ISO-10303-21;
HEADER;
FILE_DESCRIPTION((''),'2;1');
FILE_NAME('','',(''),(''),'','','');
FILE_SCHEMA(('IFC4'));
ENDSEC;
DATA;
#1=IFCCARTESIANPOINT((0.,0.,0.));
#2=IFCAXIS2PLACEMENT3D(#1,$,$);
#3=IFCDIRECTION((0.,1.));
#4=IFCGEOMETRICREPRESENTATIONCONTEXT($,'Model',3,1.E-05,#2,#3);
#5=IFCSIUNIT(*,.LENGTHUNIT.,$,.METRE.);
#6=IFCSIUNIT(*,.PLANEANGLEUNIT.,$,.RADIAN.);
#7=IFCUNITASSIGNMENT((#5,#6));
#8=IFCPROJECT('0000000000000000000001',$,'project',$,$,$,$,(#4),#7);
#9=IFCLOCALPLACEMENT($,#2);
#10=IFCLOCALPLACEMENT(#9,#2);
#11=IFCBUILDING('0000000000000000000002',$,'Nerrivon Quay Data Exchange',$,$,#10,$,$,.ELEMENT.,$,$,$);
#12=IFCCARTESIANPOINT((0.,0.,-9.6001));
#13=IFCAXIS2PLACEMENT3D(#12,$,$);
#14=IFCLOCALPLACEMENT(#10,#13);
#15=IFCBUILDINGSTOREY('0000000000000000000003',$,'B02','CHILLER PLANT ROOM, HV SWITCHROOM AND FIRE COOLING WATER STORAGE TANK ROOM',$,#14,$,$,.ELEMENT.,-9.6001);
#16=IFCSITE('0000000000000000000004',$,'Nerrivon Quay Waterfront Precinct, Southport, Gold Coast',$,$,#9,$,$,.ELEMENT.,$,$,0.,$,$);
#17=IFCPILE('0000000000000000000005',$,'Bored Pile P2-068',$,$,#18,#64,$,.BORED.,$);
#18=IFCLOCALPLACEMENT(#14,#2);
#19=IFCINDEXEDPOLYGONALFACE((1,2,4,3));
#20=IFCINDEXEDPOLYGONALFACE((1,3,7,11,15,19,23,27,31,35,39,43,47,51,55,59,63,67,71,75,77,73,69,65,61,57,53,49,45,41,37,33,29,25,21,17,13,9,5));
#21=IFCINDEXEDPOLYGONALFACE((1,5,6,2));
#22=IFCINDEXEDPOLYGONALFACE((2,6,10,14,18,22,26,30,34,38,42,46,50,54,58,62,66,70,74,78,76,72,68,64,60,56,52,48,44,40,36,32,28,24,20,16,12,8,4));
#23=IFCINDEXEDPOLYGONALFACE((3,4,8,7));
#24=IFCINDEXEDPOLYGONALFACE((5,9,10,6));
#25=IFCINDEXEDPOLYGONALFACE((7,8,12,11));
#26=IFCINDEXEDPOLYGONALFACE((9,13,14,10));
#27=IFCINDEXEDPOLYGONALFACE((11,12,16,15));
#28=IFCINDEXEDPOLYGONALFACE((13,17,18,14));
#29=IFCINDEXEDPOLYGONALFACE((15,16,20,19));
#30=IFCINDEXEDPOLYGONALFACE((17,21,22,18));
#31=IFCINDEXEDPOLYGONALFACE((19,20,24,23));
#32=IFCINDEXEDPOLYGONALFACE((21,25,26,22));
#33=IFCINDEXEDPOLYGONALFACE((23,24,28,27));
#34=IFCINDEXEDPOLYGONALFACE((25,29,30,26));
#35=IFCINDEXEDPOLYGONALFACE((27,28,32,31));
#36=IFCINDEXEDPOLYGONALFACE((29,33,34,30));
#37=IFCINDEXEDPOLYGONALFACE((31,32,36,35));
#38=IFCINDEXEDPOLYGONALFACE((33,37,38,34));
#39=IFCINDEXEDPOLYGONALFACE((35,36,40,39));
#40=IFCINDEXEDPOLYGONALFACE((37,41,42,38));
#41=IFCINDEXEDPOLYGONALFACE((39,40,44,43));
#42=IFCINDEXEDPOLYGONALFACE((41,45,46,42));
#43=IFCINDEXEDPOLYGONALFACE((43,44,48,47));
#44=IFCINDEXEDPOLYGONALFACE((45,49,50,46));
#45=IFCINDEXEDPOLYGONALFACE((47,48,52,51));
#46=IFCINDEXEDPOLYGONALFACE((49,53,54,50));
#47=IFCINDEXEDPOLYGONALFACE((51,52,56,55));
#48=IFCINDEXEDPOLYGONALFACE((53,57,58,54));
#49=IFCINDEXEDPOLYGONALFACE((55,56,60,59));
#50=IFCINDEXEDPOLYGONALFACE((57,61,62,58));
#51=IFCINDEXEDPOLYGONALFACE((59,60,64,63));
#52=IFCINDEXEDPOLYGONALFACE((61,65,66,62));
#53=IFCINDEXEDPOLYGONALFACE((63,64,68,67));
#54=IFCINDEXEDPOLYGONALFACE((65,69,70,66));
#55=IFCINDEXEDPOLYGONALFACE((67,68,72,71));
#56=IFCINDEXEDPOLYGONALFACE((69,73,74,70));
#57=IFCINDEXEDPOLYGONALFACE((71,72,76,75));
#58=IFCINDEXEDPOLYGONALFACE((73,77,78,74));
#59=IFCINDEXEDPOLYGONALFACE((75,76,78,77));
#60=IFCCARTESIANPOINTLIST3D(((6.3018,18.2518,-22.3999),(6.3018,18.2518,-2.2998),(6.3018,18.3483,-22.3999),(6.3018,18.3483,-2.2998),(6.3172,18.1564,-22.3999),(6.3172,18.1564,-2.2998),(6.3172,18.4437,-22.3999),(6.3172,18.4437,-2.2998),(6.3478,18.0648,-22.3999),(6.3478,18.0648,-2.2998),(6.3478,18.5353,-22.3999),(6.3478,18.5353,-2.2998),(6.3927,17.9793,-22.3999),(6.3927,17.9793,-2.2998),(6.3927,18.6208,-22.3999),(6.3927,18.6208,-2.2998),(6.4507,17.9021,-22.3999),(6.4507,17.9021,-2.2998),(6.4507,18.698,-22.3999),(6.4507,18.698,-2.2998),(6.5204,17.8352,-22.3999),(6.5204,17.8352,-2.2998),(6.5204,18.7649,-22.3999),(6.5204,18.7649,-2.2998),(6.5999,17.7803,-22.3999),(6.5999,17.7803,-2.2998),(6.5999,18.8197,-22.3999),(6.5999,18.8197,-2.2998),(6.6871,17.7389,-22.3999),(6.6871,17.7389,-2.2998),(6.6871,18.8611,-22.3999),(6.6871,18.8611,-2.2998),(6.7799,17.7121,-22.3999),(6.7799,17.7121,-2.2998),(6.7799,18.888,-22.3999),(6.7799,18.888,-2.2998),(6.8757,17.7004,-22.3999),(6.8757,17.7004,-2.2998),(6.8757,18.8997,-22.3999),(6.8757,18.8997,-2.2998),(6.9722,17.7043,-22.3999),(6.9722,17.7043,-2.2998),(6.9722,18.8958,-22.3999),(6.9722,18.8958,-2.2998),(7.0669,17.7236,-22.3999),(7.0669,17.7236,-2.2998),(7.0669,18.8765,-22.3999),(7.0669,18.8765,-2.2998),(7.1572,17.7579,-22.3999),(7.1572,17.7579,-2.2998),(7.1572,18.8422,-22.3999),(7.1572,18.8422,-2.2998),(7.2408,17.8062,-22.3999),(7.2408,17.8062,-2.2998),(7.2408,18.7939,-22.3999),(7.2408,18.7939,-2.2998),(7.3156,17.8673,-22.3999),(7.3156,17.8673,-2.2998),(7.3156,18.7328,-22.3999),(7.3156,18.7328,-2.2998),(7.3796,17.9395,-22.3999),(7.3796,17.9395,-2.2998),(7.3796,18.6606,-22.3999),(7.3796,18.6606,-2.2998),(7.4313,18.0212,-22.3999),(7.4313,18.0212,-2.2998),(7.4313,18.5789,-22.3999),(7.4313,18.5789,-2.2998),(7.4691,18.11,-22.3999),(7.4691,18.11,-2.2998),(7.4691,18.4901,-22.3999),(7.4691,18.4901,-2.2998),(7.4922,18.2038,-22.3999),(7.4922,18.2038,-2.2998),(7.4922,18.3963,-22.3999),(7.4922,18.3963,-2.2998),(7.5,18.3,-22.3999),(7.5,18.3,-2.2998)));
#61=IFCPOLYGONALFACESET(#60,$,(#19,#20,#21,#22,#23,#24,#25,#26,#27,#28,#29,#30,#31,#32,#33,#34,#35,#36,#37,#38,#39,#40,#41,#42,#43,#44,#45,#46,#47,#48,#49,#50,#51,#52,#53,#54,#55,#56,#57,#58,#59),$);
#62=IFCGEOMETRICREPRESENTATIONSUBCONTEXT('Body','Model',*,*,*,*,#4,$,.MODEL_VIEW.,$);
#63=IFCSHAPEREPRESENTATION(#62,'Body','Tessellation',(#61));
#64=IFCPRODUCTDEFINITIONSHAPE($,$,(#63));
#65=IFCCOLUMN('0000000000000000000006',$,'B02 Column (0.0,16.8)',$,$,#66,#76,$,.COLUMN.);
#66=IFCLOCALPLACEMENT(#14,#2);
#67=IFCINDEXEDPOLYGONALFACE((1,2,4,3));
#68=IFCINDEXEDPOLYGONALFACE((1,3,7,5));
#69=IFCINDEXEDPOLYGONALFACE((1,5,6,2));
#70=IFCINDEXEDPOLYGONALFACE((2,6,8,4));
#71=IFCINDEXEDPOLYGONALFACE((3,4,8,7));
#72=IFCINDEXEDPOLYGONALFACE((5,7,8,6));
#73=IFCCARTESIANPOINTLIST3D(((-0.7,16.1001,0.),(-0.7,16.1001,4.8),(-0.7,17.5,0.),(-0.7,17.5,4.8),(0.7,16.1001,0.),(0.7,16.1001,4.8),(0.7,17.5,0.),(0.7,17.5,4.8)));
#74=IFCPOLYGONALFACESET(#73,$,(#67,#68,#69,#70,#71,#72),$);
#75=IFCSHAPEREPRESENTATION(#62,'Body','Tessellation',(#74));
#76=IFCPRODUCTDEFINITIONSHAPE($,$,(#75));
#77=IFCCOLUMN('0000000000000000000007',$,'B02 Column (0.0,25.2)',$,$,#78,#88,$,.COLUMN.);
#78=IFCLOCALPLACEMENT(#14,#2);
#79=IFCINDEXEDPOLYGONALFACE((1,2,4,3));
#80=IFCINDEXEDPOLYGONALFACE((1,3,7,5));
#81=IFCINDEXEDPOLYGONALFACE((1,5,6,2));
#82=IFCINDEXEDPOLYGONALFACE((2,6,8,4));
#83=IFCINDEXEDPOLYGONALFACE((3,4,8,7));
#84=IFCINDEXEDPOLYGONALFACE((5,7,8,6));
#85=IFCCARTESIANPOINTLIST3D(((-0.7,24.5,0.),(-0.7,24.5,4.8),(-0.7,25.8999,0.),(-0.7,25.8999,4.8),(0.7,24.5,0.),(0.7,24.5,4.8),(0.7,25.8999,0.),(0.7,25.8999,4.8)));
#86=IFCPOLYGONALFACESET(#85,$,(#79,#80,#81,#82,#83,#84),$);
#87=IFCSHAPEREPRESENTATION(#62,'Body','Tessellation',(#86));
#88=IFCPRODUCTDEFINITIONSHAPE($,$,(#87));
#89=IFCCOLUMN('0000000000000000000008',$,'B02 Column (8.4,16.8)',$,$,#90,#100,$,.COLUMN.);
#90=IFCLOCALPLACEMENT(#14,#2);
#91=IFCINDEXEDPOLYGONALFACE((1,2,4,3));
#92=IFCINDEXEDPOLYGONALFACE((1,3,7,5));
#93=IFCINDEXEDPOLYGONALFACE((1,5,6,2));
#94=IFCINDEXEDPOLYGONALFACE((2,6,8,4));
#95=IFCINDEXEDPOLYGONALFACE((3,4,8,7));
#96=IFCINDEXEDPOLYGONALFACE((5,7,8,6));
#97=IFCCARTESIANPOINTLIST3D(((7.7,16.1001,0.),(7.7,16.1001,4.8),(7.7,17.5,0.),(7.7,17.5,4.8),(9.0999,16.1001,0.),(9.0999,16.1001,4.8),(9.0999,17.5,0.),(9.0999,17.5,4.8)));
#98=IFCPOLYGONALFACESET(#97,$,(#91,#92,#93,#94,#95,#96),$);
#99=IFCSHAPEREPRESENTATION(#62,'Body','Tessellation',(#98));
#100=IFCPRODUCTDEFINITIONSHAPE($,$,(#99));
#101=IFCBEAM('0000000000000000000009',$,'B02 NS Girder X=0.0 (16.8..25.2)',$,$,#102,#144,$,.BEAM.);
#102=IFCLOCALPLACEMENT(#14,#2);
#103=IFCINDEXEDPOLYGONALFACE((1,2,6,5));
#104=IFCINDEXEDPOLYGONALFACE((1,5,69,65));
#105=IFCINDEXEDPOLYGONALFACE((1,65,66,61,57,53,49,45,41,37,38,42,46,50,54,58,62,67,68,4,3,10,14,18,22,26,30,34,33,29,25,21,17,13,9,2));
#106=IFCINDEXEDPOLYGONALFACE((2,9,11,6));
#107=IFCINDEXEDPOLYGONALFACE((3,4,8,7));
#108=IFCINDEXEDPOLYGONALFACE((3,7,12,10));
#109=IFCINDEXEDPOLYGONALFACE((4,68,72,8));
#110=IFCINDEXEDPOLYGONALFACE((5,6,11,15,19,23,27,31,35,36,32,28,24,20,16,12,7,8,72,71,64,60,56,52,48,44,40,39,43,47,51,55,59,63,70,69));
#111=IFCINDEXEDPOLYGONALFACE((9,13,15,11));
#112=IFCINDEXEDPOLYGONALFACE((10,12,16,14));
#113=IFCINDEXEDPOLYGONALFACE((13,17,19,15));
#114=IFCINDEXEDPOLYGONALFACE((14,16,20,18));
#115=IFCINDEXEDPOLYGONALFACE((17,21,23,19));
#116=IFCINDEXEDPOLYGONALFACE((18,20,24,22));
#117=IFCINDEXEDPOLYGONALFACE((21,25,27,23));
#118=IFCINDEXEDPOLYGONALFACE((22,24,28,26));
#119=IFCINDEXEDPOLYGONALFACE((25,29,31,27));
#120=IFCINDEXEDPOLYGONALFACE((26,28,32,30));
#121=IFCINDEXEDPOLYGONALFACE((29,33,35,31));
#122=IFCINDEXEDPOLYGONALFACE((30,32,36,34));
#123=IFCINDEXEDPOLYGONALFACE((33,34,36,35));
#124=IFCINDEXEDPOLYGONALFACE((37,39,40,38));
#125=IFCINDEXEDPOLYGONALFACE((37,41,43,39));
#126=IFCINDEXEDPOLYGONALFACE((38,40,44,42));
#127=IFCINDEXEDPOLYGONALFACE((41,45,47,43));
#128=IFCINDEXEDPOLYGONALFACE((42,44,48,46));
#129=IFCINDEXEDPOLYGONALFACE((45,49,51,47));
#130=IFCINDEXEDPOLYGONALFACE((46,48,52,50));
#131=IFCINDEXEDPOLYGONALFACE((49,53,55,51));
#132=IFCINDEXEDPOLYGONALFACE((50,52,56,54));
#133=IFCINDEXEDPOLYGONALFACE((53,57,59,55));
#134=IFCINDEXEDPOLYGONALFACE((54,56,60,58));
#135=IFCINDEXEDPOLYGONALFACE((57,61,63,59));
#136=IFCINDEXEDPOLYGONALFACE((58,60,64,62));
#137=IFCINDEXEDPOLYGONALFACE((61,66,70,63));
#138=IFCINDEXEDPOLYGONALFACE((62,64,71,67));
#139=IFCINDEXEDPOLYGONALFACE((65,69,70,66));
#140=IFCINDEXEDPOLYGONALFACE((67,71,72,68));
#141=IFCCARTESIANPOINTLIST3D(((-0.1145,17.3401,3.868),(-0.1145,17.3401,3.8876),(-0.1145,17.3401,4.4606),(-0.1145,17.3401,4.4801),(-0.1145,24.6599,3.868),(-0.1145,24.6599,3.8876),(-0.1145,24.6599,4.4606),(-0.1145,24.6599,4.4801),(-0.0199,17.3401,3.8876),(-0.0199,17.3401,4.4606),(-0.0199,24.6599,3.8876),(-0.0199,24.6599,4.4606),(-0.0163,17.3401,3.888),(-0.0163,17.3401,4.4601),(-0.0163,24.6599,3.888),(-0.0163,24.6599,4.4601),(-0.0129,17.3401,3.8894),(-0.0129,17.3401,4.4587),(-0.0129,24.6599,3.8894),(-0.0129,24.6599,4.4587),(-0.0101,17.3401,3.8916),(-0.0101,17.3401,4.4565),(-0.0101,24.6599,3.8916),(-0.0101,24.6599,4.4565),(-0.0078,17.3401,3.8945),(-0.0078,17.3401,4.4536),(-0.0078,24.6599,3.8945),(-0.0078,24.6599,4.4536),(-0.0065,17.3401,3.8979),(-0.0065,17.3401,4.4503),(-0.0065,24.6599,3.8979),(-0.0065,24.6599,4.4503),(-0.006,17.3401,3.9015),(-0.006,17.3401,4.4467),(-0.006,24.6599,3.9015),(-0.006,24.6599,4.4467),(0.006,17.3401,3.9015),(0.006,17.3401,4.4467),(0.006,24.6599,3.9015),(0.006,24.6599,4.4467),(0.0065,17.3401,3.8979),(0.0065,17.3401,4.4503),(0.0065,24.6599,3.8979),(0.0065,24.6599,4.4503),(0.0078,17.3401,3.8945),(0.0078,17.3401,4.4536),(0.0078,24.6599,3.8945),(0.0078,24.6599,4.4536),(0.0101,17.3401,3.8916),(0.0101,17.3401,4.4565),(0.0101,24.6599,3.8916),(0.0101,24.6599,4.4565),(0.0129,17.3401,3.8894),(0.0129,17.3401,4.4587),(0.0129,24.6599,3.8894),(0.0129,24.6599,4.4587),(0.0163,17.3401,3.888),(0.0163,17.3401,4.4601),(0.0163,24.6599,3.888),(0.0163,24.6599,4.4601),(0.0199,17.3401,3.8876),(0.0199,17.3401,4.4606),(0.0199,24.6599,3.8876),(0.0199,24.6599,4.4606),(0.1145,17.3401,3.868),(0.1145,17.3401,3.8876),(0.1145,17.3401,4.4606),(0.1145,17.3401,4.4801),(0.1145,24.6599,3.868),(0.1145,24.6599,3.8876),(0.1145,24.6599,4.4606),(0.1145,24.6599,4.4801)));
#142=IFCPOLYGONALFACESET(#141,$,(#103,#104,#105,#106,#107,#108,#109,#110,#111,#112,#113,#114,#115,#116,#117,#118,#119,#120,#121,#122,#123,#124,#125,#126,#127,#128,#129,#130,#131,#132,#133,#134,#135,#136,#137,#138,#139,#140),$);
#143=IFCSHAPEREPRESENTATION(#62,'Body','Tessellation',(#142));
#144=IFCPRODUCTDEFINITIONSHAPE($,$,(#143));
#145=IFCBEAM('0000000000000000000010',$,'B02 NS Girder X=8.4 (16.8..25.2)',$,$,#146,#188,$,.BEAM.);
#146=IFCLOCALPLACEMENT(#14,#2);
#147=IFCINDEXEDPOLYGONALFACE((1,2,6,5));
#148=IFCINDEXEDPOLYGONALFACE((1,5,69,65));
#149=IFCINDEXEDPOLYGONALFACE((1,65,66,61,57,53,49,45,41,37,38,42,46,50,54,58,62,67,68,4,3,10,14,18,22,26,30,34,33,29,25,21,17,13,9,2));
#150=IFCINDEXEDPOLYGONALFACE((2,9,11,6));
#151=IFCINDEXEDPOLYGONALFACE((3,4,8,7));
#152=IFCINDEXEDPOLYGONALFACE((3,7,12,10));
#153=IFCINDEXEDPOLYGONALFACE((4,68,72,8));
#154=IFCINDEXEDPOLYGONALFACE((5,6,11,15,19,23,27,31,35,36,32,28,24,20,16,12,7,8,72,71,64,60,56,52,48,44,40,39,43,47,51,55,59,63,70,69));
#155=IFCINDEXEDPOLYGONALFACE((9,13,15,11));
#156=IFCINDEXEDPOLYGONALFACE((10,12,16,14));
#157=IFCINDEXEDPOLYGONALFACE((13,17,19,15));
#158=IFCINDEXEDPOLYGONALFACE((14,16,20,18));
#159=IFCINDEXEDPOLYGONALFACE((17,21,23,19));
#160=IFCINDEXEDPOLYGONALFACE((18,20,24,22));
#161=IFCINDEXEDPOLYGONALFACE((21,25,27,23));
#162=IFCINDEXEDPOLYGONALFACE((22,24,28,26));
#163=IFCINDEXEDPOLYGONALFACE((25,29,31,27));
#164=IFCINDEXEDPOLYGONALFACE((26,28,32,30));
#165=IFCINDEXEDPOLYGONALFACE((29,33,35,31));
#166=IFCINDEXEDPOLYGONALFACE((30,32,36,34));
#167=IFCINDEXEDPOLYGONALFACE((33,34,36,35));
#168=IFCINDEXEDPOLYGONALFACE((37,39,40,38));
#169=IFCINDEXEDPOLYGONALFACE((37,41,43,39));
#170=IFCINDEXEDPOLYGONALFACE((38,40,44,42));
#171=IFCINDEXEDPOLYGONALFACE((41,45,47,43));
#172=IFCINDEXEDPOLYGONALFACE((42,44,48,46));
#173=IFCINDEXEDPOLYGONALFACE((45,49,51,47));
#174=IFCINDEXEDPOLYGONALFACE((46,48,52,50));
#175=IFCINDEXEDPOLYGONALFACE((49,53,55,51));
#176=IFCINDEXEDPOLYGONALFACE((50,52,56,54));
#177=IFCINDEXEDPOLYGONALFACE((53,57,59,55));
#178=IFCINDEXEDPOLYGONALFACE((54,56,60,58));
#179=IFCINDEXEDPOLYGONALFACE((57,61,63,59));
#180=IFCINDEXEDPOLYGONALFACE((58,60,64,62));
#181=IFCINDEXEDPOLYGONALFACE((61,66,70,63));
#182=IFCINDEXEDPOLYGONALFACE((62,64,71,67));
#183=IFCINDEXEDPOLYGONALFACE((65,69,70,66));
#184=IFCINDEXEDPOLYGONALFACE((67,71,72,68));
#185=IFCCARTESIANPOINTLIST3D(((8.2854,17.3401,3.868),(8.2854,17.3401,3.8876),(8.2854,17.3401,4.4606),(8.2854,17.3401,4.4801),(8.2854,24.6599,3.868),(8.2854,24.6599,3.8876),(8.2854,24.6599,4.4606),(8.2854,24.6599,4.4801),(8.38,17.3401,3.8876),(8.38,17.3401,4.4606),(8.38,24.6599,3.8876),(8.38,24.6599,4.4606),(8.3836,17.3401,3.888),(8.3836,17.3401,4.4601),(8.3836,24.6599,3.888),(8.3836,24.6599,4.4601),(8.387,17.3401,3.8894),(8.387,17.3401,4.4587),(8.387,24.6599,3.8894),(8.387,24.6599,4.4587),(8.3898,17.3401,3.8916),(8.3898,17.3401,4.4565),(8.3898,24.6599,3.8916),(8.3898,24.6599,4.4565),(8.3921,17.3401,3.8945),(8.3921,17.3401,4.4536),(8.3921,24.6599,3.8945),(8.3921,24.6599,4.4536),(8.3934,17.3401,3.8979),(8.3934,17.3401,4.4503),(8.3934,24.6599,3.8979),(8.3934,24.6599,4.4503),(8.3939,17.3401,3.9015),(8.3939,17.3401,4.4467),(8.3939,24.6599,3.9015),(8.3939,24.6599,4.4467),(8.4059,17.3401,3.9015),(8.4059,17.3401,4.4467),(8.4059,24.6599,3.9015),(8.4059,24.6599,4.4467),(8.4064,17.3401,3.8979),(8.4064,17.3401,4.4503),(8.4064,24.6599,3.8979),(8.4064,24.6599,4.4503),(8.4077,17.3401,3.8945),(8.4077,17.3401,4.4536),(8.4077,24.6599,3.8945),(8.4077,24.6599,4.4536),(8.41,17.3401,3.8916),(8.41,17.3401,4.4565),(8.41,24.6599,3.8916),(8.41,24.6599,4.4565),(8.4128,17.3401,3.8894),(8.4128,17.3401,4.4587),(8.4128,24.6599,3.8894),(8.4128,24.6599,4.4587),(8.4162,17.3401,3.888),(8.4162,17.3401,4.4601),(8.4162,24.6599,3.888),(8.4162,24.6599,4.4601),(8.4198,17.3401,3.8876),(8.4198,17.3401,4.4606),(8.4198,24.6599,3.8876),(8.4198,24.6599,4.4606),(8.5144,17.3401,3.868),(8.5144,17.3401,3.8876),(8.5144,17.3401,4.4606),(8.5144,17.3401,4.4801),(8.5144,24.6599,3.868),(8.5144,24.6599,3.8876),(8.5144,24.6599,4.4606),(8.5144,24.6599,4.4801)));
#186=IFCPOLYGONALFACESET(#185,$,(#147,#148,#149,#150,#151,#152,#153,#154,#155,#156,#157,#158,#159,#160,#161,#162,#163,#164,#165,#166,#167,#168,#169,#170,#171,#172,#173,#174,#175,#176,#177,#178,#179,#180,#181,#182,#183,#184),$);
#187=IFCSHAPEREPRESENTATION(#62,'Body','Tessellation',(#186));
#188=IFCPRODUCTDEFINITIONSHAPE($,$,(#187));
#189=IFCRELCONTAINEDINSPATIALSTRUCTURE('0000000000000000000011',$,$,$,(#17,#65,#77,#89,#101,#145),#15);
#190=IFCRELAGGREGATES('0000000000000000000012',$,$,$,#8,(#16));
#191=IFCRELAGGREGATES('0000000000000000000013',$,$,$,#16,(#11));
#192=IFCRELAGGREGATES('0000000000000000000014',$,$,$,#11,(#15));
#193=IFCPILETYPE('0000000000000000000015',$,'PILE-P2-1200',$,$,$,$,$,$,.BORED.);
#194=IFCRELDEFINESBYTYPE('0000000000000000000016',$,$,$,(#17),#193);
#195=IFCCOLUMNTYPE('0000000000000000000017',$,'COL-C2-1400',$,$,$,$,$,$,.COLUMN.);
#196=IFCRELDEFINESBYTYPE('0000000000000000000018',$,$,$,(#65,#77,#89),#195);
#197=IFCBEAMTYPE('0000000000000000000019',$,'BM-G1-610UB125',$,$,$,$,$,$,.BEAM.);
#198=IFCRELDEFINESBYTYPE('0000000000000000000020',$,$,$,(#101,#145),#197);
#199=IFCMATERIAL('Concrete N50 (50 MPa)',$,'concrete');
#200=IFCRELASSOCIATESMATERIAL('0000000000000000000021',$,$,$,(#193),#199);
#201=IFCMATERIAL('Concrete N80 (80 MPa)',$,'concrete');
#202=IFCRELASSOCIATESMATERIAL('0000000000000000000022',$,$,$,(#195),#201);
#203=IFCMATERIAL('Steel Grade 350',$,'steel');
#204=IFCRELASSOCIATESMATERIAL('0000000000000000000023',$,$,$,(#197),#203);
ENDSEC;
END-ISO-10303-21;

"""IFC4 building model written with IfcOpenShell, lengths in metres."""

from ifc_helpers import new_model, si_unit, direction, frame, origin, origin_2d, place, context, subcontext, project, spatial, rectangle, circle, i_section, extrude, material, material_profile, profile_set, type_object, element, save


model = new_model("IFC4")

# Units and contexts
model_context = context("Model", 3, precision=1e-05, world=origin(), true_north=direction((0.0, 1.0)))
body_context = subcontext(model_context, "Body", "Model", "MODEL_VIEW")
ifc_project = project(units=[si_unit("LENGTHUNIT", "METRE"), si_unit("PLANEANGLEUNIT", "RADIAN")], contexts=[model_context])

# Site, building, storey
site_placement = place(None, origin())
site = spatial("IfcSite", under=ifc_project, at=site_placement, Name="Nerrivon Quay Waterfront Precinct, Southport, Gold Coast", CompositionType="ELEMENT", RefElevation=0.0)
building_placement = place(site_placement, origin())
building = spatial("IfcBuilding", under=site, at=building_placement, Name="Nerrivon Quay Data Exchange", CompositionType="ELEMENT")
storey_placement = place(building_placement, frame((0.0, 0.0, -9.6001)))
storey = spatial("IfcBuildingStorey", under=building, at=storey_placement, Name="B02", Description="CHILLER PLANT ROOM, HV SWITCHROOM AND FIRE COOLING WATER STORAGE TANK ROOM", CompositionType="ELEMENT", Elevation=-9.6001)

# Pile
ifc_material_1 = material(Name="Concrete N50 (50 MPa)", Category="concrete")
ifc_material_profile_1 = material_profile(ifc_material_1, circle(Radius=0.6001, at=origin_2d()), Name="PILE-1200")
ifc_profile_set_1 = profile_set([ifc_material_profile_1], Name="Concrete N50 (50 MPa)")
pile_type = type_object("IfcPileType", Name="PILE-P2-1200", PredefinedType="BORED", material=ifc_profile_set_1)
for number, where, z_axis, x_axis, name in (
    (1, (6.8999, 18.3, -2.2998), (0.0, 0.0, -1.0), (1.0, 0.0, 0.0), "Bored Pile P2-068"),
):
    element("IfcPile", number, at=place(storey_placement, frame(where, z_axis=z_axis, x_axis=x_axis)), inside=storey, type_object=pile_type, Name=name, PredefinedType="BORED", context=body_context, shape_type="SweptSolid", body=[
        extrude(circle(Radius=0.6001, at=origin_2d()), origin(), (0.0, 0.0, 1.0), 20.1001),
    ])

# Columns
ifc_material_2 = material(Name="Concrete N80 (80 MPa)", Category="concrete")
ifc_material_profile_2 = material_profile(ifc_material_2, rectangle(XDim=1.3999, YDim=1.3999, at=origin_2d()), Name="RC-COL-1400x1400")
ifc_profile_set_2 = profile_set([ifc_material_profile_2], Name="Concrete N80 (80 MPa)")
column_type = type_object("IfcColumnType", Name="COL-C2-1400", PredefinedType="COLUMN", material=ifc_profile_set_2)
for number, where, z_axis, x_axis, name in (
    (2, (0.0, 16.8, 0.0), (0.0, 0.0, 1.0), (1.0, 0.0, 0.0), "B02 Column (0.0,16.8)"),
    (3, (0.0, 25.2, 0.0), (0.0, 0.0, 1.0), (1.0, 0.0, 0.0), "B02 Column (0.0,25.2)"),
    (4, (8.3999, 16.8, 0.0), (0.0, 0.0, 1.0), (1.0, 0.0, 0.0), "B02 Column (8.4,16.8)"),
):
    element("IfcColumn", number, at=place(storey_placement, frame(where, z_axis=z_axis, x_axis=x_axis)), inside=storey, type_object=column_type, Name=name, PredefinedType="COLUMN", context=body_context, shape_type="SweptSolid", body=[
        extrude(rectangle(XDim=1.3999, YDim=1.3999, at=origin_2d()), origin(), (0.0, 0.0, 1.0), 4.8),
    ])

# Beams
ifc_material_3 = material(Name="Steel Grade 350", Category="steel")
ifc_material_profile_3 = material_profile(ifc_material_3, i_section(OverallWidth=0.229, OverallDepth=0.6121, WebThickness=0.012, FlangeThickness=0.0195, FilletRadius=0.0139, at=origin_2d()), Name="610UB125")
ifc_profile_set_3 = profile_set([ifc_material_profile_3], Name="Steel Grade 350")
beam_type_1 = type_object("IfcBeamType", Name="BM-G1-610UB125", PredefinedType="BEAM", material=ifc_profile_set_3)
for number, where, z_axis, x_axis, name in (
    (5, (0.0, 17.3401, 4.1741), (0.0, 1.0, 0.0), (-1.0, 0.0, 0.0), "B02 NS Girder X=0.0 (16.8..25.2)"),
    (6, (8.3999, 17.3401, 4.1741), (0.0, 1.0, 0.0), (-1.0, 0.0, 0.0), "B02 NS Girder X=8.4 (16.8..25.2)"),
):
    element("IfcBeam", number, at=place(storey_placement, frame(where, z_axis=z_axis, x_axis=x_axis)), inside=storey, type_object=beam_type_1, Name=name, PredefinedType="BEAM", context=body_context, shape_type="SweptSolid", body=[
        extrude(i_section(OverallWidth=0.229, OverallDepth=0.6121, WebThickness=0.012, FlangeThickness=0.0195, FilletRadius=0.0139, at=origin_2d()), origin(), (0.0, 0.0, 1.0), 7.3198),
    ])

save(model, "model.ifc")
